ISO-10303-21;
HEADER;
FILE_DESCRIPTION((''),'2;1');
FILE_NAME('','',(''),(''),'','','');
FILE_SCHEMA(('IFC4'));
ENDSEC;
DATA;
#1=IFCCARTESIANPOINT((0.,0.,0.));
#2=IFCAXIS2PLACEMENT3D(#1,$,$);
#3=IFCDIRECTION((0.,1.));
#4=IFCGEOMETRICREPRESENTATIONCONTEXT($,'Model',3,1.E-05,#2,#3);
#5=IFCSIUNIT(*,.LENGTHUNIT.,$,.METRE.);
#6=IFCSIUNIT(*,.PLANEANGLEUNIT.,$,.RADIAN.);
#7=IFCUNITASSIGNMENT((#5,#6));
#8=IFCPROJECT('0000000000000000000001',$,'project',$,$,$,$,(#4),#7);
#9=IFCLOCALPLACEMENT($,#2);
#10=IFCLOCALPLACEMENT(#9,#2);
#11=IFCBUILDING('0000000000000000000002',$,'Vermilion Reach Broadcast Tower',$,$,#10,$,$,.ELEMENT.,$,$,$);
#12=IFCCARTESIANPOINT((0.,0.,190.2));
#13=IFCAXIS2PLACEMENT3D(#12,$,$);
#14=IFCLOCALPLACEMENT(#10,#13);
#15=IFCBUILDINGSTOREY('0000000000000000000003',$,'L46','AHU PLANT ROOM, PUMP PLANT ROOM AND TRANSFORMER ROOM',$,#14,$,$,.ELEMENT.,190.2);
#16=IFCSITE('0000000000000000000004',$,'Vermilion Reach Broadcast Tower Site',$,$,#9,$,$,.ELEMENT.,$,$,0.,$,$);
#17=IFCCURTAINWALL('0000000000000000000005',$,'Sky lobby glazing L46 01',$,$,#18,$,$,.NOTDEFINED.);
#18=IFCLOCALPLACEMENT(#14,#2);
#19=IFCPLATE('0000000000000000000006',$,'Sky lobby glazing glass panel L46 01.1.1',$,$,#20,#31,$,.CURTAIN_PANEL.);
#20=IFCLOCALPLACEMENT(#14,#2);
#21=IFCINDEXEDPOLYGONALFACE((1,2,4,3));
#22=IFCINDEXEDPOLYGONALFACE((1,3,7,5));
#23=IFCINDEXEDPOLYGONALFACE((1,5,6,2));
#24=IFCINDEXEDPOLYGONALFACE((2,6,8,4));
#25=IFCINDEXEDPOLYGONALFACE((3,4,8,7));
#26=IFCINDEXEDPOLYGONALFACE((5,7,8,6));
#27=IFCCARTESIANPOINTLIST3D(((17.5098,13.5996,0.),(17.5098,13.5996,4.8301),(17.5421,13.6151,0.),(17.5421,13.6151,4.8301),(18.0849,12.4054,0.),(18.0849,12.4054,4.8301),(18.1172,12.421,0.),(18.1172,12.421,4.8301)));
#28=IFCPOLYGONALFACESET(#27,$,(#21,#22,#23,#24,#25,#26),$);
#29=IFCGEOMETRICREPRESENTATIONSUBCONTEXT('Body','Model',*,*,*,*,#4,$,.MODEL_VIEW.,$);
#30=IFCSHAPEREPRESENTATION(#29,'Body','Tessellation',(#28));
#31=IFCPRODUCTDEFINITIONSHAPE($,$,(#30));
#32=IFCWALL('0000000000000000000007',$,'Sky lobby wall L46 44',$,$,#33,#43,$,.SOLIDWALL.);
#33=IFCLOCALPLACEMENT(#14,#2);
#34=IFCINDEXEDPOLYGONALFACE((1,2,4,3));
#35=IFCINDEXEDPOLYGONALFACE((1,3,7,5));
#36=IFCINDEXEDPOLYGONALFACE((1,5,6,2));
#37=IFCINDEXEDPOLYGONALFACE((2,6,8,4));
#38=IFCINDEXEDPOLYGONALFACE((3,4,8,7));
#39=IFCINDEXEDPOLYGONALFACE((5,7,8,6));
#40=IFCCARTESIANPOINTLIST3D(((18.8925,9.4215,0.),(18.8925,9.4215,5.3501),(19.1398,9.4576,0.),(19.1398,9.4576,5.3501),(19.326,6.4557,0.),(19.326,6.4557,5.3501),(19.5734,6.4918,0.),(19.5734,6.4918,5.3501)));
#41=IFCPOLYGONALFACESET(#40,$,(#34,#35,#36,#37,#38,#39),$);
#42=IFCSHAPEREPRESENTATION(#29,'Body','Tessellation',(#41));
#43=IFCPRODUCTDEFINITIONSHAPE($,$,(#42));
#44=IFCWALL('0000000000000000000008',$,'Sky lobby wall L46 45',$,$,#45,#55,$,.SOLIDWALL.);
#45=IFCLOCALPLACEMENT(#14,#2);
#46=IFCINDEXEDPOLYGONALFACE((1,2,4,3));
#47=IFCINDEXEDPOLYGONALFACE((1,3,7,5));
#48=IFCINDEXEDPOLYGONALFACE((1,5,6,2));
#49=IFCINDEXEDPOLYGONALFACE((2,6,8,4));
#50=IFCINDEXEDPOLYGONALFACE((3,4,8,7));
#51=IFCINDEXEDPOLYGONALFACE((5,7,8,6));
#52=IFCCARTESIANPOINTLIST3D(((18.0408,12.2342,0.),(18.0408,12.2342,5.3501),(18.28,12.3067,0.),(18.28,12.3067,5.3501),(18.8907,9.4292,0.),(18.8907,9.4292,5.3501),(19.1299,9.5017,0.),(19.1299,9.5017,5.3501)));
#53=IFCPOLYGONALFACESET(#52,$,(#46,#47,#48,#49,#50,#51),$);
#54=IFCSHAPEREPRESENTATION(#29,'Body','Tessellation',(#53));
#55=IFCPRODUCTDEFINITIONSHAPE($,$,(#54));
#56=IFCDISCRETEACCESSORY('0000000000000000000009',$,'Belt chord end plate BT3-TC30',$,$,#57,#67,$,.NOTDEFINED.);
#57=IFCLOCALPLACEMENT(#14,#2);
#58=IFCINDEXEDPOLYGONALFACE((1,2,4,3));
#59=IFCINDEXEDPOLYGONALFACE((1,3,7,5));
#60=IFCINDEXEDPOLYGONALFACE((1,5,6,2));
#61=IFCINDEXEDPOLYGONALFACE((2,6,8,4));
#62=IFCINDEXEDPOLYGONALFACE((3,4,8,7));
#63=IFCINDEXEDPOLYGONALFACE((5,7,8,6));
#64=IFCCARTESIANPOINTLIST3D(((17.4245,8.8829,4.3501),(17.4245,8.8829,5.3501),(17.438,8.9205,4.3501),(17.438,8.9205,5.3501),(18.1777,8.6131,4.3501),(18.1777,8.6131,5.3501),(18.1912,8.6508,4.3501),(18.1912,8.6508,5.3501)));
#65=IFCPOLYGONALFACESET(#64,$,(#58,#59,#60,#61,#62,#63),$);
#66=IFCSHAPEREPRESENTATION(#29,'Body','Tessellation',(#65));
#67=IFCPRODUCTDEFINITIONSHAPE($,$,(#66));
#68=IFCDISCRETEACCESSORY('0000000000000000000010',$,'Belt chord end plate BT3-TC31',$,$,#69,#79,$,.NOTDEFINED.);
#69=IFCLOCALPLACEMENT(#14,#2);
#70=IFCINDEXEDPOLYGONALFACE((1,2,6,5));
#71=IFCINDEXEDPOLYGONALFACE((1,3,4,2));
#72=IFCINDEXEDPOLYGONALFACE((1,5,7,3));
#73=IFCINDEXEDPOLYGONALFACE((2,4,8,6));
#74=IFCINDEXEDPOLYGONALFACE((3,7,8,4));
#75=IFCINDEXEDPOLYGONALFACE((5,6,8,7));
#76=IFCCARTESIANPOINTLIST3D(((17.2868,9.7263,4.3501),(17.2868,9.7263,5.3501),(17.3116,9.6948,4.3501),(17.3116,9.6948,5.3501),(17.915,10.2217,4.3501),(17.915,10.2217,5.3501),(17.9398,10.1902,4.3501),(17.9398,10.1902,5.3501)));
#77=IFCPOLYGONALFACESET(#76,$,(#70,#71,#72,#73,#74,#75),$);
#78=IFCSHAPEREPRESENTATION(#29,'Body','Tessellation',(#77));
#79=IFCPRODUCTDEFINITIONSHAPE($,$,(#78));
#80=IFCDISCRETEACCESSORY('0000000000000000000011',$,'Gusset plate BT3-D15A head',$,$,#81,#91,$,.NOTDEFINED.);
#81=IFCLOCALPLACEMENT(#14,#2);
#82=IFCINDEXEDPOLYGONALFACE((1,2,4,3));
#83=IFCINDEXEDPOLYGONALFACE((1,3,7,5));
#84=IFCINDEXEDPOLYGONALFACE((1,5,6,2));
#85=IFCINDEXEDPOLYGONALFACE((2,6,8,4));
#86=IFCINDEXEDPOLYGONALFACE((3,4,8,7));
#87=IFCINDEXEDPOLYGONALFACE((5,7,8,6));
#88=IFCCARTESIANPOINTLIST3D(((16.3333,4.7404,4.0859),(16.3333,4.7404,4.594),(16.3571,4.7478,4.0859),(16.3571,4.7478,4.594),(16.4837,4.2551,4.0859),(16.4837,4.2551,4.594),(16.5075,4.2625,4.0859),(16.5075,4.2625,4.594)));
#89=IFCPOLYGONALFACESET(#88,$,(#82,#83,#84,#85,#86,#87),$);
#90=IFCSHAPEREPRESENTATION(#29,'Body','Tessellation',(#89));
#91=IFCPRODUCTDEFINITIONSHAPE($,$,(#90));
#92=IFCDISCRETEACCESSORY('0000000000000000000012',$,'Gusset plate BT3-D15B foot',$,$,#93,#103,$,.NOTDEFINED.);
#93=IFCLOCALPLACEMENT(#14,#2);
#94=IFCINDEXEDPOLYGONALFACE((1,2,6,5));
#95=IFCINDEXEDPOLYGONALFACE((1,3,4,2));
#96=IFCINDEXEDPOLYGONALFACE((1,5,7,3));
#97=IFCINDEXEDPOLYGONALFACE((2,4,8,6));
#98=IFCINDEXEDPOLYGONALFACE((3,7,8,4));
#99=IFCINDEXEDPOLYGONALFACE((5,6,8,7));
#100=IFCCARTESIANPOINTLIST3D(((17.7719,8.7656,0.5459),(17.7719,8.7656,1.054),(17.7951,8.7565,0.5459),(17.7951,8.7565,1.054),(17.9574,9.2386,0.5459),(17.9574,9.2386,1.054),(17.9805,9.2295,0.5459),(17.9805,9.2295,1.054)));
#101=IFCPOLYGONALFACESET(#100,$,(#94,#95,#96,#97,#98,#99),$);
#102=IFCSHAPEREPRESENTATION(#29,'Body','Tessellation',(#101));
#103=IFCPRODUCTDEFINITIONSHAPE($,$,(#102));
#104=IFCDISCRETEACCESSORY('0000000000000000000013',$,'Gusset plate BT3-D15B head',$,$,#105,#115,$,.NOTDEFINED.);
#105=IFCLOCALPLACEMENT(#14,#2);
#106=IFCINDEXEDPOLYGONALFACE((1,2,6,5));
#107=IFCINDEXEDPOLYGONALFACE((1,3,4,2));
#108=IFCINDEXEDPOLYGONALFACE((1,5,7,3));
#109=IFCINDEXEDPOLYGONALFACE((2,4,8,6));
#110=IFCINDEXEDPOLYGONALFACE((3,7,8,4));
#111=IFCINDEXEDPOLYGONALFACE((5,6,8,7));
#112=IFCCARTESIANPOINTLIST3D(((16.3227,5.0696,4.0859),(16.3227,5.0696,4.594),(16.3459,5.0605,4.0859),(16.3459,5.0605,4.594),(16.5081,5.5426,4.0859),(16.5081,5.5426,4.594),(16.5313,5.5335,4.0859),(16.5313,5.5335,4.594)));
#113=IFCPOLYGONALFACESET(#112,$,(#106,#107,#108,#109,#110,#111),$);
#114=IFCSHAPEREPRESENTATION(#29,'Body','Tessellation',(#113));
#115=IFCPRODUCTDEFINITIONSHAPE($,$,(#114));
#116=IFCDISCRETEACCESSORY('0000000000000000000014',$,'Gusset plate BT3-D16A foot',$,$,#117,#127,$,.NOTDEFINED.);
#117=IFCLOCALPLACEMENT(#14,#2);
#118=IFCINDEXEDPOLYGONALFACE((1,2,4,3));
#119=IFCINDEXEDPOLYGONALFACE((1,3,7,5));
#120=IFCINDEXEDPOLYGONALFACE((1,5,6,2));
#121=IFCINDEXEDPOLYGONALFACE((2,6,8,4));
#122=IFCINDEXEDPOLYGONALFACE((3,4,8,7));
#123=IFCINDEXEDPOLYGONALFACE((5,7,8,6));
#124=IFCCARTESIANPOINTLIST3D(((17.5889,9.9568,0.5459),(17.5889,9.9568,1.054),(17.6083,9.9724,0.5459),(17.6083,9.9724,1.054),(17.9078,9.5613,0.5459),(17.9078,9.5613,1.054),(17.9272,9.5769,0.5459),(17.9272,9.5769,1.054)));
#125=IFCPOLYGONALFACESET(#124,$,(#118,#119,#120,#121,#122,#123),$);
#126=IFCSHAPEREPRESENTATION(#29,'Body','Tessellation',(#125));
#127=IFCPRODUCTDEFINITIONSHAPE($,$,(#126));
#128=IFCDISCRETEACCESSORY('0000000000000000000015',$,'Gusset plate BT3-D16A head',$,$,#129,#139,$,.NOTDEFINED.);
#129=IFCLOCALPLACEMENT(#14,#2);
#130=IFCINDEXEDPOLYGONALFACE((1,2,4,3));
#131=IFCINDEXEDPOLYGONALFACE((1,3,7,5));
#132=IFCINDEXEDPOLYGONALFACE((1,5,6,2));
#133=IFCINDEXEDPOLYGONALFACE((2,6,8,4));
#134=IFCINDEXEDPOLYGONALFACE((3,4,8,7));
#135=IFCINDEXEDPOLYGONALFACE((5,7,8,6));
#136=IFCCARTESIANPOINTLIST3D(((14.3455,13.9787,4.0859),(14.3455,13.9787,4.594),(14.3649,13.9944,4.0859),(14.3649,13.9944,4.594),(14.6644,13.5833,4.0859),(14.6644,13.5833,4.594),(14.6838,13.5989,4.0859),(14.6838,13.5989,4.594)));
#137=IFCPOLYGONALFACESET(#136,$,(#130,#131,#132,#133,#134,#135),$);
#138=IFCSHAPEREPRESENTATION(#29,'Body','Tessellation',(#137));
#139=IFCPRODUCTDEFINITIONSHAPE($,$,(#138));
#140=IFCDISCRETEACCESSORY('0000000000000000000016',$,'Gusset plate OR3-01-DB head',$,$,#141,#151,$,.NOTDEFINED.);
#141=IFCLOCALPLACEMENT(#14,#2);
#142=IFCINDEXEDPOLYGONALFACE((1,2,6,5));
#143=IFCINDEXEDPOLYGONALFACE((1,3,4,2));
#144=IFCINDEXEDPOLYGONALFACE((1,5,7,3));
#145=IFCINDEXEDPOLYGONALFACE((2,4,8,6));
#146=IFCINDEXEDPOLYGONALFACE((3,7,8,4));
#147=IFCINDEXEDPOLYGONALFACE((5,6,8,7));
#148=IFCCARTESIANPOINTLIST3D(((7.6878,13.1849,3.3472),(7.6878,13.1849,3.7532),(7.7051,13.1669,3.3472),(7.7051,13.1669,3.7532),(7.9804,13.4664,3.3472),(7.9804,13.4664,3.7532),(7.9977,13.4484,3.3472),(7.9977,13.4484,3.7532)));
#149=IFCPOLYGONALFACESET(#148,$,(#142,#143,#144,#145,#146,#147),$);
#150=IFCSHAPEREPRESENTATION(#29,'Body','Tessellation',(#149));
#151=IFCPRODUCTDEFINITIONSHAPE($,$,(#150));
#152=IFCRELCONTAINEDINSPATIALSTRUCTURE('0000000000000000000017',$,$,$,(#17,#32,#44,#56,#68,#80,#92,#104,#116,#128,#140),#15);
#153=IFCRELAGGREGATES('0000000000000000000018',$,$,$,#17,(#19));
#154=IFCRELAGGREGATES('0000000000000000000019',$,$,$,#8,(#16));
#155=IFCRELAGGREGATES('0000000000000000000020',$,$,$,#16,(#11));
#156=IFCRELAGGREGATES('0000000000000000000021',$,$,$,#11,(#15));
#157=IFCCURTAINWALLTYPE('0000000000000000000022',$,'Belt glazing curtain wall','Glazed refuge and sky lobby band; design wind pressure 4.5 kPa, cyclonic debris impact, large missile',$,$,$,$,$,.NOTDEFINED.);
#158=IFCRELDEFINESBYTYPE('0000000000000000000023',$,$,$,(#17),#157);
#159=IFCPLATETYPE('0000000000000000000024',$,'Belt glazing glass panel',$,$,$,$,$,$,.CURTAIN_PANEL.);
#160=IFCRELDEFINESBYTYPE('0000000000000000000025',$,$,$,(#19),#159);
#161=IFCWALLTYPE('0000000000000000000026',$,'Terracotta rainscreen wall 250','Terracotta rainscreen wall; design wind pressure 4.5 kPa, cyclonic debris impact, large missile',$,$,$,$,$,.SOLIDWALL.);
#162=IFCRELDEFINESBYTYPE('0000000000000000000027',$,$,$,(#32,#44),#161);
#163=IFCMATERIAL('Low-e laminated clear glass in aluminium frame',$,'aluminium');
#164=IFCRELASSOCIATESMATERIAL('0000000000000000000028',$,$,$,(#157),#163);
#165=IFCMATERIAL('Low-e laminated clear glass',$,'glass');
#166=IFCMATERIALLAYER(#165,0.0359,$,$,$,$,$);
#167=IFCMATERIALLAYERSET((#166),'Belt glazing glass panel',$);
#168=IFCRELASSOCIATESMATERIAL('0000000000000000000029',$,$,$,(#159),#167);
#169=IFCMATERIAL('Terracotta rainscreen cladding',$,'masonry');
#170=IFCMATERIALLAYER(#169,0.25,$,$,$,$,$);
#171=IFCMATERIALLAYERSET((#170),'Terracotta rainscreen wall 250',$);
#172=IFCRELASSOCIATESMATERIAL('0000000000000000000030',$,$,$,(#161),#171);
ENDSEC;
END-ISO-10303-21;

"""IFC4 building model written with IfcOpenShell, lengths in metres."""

from ifc_helpers import new_model, si_unit, direction, frame, frame_2d, origin, origin_2d, place, context, subcontext, project, spatial, rectangle, extrude, material, layer, layer_set, type_object, element, aggregate, save


model = new_model("IFC4")

# Units and contexts
model_context = context("Model", 3, precision=1e-05, world=origin(), true_north=direction((0.0, 1.0)))
body_context = subcontext(model_context, "Body", "Model", "MODEL_VIEW")
ifc_project = project(units=[si_unit("LENGTHUNIT", "METRE"), si_unit("PLANEANGLEUNIT", "RADIAN")], contexts=[model_context])

# Site, building, storey
site_placement = place(None, origin())
site = spatial("IfcSite", under=ifc_project, at=site_placement, Name="Vermilion Reach Broadcast Tower Site", CompositionType="ELEMENT", RefElevation=0.0)
building_placement = place(site_placement, origin())
building = spatial("IfcBuilding", under=site, at=building_placement, Name="Vermilion Reach Broadcast Tower", CompositionType="ELEMENT")
storey_placement = place(building_placement, frame((0.0, 0.0, 190.2)))
storey = spatial("IfcBuildingStorey", under=building, at=storey_placement, Name="L46", Description="AHU PLANT ROOM, PUMP PLANT ROOM AND TRANSFORMER ROOM", CompositionType="ELEMENT", Elevation=190.2)

# Curtain wall
ifc_material_1 = material(Name="Low-e laminated clear glass in aluminium frame", Category="aluminium")
curtain_wall_type = type_object("IfcCurtainWallType", Name="Belt glazing curtain wall", Description="Glazed refuge and sky lobby band; design wind pressure 4.5 kPa, cyclonic debris impact, large missile", PredefinedType="NOTDEFINED", material=ifc_material_1)
placement = place(storey_placement, origin())
curtain_wall_1 = element("IfcCurtainWall", 1, at=placement, inside=storey, type_object=curtain_wall_type, Name="Sky lobby glazing L46 01", PredefinedType="NOTDEFINED")

# Plate
ifc_material_2 = material(Name="Low-e laminated clear glass", Category="glass")
ifc_layer_1 = layer(ifc_material_2, 0.0359)
ifc_layer_set_1 = layer_set([ifc_layer_1], Name="Belt glazing glass panel")
plate_type = type_object("IfcPlateType", Name="Belt glazing glass panel", PredefinedType="CURTAIN_PANEL", material=ifc_layer_set_1)
plate_1_placement = place(storey_placement, frame((17.8135, 13.0103, 0.0), z_axis=(0.0, 0.0, 1.0), x_axis=(-0.433902, 0.90096, 0.0)))
plate_1 = element("IfcPlate", 2, at=plate_1_placement, type_object=plate_type, Name="Sky lobby glazing glass panel L46 01.1.1", PredefinedType="CURTAIN_PANEL", context=body_context, shape_type="SweptSolid", body=[
    extrude(rectangle(XDim=1.3254, YDim=0.0359, at=origin_2d()), origin(), (0.0, 0.0, 1.0), 4.8301),
])
aggregate(curtain_wall_1, [plate_1])

# Walls
ifc_material_3 = material(Name="Terracotta rainscreen cladding", Category="masonry")
ifc_layer_2 = layer(ifc_material_3, 0.25)
ifc_layer_set_2 = layer_set([ifc_layer_2], Name="Terracotta rainscreen wall 250")
wall_type = type_object("IfcWallType", Name="Terracotta rainscreen wall 250", Description="Terracotta rainscreen wall; design wind pressure 4.5 kPa, cyclonic debris impact, large missile", PredefinedType="SOLIDWALL", material=ifc_layer_set_2)
wall_1_placement = place(storey_placement, frame((19.4497, 6.4739, 0.0), z_axis=(0.0, 0.0, 1.0), x_axis=(-0.144659, 0.989482, 0.0)))
element("IfcWall", 3, at=wall_1_placement, inside=storey, type_object=wall_type, Name="Sky lobby wall L46 44", PredefinedType="SOLIDWALL", context=body_context, shape_type="SweptSolid", body=[
    extrude(rectangle(XDim=2.9973, YDim=0.25, at=frame_2d((1.4985, 0.0))), origin(), (0.0, 0.0, 1.0), 5.3501),
])
wall_2_placement = place(storey_placement, frame((19.0103, 9.4656, 0.0), z_axis=(0.0, 0.0, 1.0), x_axis=(-0.289968, 0.957036, 0.0)))
element("IfcWall", 4, at=wall_2_placement, inside=storey, type_object=wall_type, Name="Sky lobby wall L46 45", PredefinedType="SOLIDWALL", context=body_context, shape_type="SweptSolid", body=[
    extrude(rectangle(XDim=2.9309, YDim=0.25, at=frame_2d((1.4653, 0.0))), origin(), (0.0, 0.0, 1.0), 5.3501),
])

# Discrete accessories
for number, where, z_axis, x_axis, name in (
    (5, (17.8079, 8.7668, 4.3501), (0.0, 0.0, 1.0), (0.33712, 0.941462, 0.0), "Belt chord end plate BT3-TC30"),
    (6, (17.6133, 9.9583, 4.3501), (0.0, 0.0, 1.0), (0.61918, -0.785249, 0.0), "Belt chord end plate BT3-TC31"),
):
    element("IfcDiscreteAccessory", number, at=place(storey_placement, frame(where, z_axis=z_axis, x_axis=x_axis)), inside=storey, Name=name, PredefinedType="NOTDEFINED", context=body_context, shape_type="SweptSolid", body=[
        extrude(rectangle(XDim=0.04, YDim=0.8, at=origin_2d()), origin(), (0.0, 0.0, 1.0), 1.0),
    ])
for number, where, z_axis, x_axis, name in (
    (7, (16.4204, 4.5015, 4.0859), (0.0, 0.0, 1.0), (-0.955177, -0.296036, 0.0), "Gusset plate BT3-D15A head"),
    (8, (17.8762, 8.9976, 0.5459), (0.0, 0.0, 1.0), (0.930994, -0.365034, 0.0), "Gusset plate BT3-D15B foot"),
    (9, (16.427, 5.3015, 4.0859), (0.0, 0.0, 1.0), (0.930994, -0.365034, 0.0), "Gusset plate BT3-D15B head"),
    (10, (17.7581, 9.7668, 0.5459), (0.0, 0.0, 1.0), (-0.778442, -0.627717, 0.0), "Gusset plate BT3-D16A foot"),
    (11, (14.5146, 13.7888, 4.0859), (0.0, 0.0, 1.0), (-0.778442, -0.627717, 0.0), "Gusset plate BT3-D16A head"),
):
    element("IfcDiscreteAccessory", number, at=place(storey_placement, frame(where, z_axis=z_axis, x_axis=x_axis)), inside=storey, Name=name, PredefinedType="NOTDEFINED", context=body_context, shape_type="SweptSolid", body=[
        extrude(rectangle(XDim=0.0249, YDim=0.5081, at=origin_2d()), origin(), (0.0, 0.0, 1.0), 0.5081),
    ])
discrete_accessory_placement = place(storey_placement, frame((7.8428, 13.3167, 3.3472), z_axis=(0.0, 0.0, 1.0), x_axis=(-0.693276, 0.720672, 0.0)))
element("IfcDiscreteAccessory", 12, at=discrete_accessory_placement, inside=storey, Name="Gusset plate OR3-01-DB head", PredefinedType="NOTDEFINED", context=body_context, shape_type="SweptSolid", body=[
    extrude(rectangle(XDim=0.0249, YDim=0.406, at=origin_2d()), origin(), (0.0, 0.0, 1.0), 0.406),
])

save(model, "model.ifc")
